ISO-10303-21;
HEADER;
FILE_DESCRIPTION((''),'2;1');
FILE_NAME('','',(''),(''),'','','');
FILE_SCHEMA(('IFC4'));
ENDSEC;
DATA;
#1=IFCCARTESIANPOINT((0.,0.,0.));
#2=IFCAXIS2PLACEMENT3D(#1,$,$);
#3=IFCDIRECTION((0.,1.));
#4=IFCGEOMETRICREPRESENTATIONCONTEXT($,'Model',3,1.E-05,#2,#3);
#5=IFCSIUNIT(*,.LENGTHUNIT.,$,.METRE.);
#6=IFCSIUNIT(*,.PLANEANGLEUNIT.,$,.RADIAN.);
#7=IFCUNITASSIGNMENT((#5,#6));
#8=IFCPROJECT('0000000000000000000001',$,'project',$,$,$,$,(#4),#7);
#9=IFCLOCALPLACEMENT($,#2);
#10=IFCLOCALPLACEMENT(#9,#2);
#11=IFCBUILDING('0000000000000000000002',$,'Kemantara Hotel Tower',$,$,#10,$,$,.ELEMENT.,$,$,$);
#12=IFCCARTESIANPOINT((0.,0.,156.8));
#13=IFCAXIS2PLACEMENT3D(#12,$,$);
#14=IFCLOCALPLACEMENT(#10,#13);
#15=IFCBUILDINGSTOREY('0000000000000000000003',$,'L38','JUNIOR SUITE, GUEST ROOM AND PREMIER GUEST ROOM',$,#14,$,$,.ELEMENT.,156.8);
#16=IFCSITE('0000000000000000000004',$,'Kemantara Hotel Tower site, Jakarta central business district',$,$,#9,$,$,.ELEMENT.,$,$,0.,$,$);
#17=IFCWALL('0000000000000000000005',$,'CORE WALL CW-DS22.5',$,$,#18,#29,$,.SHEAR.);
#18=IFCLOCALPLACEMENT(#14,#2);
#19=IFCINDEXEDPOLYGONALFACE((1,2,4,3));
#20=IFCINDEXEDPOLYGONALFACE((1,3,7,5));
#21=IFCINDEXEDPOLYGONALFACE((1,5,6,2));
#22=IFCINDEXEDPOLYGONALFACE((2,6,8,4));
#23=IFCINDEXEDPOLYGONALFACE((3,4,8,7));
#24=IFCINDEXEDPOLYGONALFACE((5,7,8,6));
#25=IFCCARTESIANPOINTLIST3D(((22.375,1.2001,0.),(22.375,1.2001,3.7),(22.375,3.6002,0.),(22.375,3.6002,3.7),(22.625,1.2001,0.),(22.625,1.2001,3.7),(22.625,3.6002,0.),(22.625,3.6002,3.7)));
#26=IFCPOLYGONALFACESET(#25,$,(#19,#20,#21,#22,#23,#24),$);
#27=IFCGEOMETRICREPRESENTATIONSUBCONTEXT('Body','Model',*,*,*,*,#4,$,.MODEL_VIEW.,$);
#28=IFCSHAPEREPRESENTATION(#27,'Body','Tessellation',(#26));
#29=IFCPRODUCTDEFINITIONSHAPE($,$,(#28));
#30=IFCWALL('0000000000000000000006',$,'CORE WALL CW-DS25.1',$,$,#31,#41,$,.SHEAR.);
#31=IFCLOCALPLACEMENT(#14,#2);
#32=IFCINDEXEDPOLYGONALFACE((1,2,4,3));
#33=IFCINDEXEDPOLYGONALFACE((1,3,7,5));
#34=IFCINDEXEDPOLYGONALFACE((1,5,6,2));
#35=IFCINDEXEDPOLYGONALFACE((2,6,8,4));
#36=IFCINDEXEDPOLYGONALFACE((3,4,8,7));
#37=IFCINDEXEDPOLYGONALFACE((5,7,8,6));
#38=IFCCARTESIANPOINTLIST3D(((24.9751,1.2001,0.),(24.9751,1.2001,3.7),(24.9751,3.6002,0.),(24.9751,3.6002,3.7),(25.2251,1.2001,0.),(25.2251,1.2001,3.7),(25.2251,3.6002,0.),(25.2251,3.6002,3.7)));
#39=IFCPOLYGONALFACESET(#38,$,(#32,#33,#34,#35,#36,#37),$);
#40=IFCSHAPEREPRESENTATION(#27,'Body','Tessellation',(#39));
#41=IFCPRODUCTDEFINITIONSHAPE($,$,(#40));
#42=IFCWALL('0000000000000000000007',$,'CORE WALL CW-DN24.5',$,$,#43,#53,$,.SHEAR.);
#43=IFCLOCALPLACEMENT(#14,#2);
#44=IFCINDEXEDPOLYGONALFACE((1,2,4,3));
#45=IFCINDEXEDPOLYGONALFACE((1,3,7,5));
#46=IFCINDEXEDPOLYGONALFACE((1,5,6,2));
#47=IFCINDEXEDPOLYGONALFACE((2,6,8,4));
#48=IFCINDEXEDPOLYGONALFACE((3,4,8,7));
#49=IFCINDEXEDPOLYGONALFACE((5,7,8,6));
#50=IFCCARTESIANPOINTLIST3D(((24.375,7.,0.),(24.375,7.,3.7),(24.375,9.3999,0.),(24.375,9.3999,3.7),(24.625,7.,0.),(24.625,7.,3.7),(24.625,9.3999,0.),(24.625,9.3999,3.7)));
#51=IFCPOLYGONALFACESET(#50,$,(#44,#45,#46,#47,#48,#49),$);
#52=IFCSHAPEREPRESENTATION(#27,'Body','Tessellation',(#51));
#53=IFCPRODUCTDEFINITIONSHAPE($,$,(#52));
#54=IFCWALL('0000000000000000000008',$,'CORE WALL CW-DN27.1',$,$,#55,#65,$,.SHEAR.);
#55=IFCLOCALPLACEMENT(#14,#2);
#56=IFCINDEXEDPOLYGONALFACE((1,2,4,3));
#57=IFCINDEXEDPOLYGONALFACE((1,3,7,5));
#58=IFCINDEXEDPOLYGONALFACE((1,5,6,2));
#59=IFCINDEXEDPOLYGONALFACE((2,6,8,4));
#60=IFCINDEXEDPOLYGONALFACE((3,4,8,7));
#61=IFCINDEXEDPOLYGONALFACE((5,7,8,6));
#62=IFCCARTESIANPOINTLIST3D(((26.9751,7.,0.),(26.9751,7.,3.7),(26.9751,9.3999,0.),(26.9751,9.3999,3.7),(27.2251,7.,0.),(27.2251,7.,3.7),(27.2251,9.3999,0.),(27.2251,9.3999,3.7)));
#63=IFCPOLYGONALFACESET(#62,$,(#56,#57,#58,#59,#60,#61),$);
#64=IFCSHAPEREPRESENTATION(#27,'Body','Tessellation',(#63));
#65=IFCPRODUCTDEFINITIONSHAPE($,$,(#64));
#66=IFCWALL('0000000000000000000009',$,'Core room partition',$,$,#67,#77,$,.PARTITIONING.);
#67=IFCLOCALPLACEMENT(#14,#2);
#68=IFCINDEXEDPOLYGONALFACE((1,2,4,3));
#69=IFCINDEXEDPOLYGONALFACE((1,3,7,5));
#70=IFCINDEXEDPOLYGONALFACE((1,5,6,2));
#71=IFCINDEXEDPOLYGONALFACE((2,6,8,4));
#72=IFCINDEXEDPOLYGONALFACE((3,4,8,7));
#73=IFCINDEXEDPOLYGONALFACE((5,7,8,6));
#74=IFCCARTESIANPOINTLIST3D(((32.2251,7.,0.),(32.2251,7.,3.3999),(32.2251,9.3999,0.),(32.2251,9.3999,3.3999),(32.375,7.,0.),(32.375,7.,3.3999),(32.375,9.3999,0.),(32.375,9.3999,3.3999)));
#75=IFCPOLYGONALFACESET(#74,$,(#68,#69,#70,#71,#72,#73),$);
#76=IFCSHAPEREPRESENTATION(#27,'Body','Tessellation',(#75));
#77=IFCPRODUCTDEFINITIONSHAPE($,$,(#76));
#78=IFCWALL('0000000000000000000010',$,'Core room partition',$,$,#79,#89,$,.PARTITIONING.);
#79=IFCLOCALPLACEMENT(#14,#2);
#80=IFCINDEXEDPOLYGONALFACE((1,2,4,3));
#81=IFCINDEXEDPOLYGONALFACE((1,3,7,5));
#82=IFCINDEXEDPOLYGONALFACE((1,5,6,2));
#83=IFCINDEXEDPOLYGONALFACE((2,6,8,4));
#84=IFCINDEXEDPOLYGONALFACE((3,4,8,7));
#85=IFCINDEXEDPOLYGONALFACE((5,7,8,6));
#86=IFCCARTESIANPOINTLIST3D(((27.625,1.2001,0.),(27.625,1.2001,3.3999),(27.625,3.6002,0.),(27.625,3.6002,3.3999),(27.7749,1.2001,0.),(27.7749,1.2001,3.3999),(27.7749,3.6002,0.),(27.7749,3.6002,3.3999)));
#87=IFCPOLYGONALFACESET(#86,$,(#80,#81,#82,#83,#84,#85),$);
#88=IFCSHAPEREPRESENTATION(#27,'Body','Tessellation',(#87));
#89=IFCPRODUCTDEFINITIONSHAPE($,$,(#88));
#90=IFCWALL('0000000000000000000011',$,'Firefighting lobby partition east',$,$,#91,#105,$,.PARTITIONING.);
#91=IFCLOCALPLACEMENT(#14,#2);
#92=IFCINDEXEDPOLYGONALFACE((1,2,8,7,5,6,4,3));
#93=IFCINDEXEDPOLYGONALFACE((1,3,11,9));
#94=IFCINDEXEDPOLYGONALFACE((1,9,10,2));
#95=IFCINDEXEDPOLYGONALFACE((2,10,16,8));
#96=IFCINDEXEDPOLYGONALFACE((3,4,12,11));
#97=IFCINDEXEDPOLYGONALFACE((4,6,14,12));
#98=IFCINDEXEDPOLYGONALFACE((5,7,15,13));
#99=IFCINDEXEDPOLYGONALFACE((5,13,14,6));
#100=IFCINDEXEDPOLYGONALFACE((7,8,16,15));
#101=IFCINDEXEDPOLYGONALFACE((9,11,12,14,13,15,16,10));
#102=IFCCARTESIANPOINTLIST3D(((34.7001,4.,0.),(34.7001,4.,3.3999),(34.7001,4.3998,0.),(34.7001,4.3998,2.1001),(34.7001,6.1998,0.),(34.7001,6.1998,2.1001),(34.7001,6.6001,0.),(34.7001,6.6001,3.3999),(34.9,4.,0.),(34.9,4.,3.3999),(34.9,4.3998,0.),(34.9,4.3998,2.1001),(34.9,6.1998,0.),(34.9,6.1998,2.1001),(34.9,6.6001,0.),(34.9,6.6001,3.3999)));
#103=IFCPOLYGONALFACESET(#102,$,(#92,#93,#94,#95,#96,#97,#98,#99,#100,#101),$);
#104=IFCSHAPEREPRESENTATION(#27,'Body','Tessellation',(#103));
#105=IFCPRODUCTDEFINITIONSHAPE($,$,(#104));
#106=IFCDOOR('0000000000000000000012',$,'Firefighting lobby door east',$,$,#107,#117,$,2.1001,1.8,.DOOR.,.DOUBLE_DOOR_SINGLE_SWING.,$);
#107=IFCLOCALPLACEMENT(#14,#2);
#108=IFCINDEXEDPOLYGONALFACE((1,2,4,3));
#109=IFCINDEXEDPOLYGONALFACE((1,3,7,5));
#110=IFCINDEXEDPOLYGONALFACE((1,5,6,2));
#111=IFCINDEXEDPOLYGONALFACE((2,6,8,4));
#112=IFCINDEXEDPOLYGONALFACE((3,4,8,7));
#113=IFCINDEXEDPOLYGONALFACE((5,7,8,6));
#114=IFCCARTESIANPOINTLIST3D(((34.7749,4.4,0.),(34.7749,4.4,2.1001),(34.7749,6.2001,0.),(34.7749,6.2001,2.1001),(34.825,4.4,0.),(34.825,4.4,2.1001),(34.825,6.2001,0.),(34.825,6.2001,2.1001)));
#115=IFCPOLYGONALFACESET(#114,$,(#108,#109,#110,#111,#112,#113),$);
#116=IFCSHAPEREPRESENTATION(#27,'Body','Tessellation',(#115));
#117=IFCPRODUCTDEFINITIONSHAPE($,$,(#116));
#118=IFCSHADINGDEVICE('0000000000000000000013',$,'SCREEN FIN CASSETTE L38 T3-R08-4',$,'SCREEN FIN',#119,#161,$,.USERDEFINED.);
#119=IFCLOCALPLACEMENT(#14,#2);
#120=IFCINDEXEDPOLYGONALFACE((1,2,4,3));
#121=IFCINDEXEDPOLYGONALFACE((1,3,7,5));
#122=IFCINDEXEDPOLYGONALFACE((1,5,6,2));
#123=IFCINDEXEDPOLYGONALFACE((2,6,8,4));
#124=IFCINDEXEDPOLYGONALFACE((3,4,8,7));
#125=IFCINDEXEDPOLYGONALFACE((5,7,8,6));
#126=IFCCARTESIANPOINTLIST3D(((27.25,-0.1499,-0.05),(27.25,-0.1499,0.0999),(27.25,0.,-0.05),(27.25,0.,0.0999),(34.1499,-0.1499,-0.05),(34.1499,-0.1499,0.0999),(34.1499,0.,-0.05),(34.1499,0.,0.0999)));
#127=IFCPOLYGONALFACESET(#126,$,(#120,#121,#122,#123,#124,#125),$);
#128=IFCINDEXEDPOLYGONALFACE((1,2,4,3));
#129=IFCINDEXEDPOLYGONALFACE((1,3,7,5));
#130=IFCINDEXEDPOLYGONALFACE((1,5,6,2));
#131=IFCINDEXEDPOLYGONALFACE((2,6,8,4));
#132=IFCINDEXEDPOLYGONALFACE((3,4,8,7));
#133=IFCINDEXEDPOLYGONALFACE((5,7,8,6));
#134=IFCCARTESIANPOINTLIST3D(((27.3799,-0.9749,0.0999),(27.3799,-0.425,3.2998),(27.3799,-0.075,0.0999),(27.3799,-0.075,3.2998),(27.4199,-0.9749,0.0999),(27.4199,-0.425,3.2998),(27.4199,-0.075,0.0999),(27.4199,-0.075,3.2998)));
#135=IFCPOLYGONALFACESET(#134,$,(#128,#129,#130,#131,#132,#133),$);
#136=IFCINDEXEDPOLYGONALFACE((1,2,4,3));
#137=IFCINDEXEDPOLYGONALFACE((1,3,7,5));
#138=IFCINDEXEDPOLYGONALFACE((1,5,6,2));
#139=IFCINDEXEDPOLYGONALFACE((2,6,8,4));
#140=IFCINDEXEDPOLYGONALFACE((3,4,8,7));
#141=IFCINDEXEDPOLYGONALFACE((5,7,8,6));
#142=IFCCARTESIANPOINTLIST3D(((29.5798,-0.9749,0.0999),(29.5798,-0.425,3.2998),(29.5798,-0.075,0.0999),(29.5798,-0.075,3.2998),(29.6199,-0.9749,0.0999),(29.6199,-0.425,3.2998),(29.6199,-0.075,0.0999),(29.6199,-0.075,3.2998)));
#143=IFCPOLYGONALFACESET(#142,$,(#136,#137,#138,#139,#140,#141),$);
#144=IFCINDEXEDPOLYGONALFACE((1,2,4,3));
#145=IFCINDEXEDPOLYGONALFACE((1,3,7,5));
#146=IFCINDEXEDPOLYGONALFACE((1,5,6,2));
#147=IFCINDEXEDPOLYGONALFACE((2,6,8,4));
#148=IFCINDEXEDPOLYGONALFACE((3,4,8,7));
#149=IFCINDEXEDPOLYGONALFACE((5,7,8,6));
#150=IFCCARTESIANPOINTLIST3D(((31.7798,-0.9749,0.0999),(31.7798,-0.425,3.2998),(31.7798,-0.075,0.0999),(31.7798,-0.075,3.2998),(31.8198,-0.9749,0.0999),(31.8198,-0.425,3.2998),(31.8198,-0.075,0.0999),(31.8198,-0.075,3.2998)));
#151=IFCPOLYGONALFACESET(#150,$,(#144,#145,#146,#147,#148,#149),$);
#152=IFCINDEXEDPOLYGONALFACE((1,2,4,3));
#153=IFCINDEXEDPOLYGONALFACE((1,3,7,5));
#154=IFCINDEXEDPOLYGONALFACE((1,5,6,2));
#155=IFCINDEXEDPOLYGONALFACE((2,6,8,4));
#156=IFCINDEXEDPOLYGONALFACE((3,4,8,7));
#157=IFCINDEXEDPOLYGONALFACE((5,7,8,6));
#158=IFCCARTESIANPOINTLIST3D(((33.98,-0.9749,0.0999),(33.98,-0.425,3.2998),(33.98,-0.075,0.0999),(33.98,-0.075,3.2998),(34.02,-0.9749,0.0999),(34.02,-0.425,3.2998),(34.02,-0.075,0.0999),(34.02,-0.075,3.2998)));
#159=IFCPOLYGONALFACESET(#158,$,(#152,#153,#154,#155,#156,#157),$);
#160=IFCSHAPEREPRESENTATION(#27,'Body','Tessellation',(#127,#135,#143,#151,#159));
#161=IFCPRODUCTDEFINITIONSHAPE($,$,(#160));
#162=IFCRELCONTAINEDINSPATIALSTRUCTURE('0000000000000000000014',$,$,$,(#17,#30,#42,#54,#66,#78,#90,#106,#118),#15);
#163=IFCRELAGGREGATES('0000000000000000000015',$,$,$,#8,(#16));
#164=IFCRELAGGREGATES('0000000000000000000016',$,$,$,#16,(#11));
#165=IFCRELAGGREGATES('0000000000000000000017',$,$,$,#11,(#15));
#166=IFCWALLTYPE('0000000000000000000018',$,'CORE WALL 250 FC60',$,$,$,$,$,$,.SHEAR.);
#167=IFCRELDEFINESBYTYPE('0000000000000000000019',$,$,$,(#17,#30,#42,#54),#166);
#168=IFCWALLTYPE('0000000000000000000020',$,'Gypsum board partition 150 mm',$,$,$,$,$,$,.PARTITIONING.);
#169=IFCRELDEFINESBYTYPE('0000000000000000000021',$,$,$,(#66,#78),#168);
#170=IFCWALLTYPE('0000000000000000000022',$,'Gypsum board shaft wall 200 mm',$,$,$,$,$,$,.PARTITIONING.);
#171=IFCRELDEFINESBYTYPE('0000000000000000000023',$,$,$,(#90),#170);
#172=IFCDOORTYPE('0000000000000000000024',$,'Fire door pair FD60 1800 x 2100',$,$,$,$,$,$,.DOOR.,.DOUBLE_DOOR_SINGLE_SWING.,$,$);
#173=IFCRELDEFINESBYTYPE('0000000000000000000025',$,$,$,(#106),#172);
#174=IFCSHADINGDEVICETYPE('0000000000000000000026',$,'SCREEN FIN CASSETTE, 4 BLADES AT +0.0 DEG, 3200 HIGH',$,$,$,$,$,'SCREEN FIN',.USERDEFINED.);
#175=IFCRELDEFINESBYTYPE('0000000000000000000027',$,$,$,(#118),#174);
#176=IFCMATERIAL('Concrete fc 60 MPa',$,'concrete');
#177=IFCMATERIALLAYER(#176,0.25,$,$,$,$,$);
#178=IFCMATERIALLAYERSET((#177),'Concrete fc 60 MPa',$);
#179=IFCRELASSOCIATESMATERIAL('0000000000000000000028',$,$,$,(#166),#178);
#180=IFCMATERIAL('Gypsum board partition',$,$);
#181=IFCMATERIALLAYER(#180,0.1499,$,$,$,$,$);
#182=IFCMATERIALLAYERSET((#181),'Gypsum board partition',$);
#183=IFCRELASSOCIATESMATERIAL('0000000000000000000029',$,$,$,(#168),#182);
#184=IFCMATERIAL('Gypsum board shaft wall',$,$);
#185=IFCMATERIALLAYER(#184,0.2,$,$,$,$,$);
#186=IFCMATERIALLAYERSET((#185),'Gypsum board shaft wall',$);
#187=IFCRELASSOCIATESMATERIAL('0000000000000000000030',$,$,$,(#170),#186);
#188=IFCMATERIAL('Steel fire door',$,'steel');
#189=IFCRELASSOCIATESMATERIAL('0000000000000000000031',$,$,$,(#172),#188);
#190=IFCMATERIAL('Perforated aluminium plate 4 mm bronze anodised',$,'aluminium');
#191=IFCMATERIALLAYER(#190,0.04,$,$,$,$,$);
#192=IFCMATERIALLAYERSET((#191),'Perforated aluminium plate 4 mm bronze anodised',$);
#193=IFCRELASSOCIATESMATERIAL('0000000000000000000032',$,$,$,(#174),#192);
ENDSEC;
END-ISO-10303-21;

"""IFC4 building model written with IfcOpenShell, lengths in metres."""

from ifc_helpers import new_model, si_unit, direction, frame, frame_2d, origin, origin_2d, place, context, subcontext, project, spatial, polyline, rectangle, outline, extrude, source, transform, mapped, material, layer, layer_set, type_object, element, fill, save


model = new_model("IFC4")

# Units and contexts
model_context = context("Model", 3, precision=1e-05, world=origin(), true_north=direction((0.0, 1.0)))
body_context = subcontext(model_context, "Body", "Model", "MODEL_VIEW")
ifc_project = project(units=[si_unit("LENGTHUNIT", "METRE"), si_unit("PLANEANGLEUNIT", "RADIAN")], contexts=[model_context])

# Site, building, storey
site_placement = place(None, origin())
site = spatial("IfcSite", under=ifc_project, at=site_placement, Name="Kemantara Hotel Tower site, Jakarta central business district", CompositionType="ELEMENT", RefElevation=0.0)
building_placement = place(site_placement, origin())
building = spatial("IfcBuilding", under=site, at=building_placement, Name="Kemantara Hotel Tower", CompositionType="ELEMENT")
storey_placement = place(building_placement, frame((0.0, 0.0, 156.8)))
storey = spatial("IfcBuildingStorey", under=building, at=storey_placement, Name="L38", Description="JUNIOR SUITE, GUEST ROOM AND PREMIER GUEST ROOM", CompositionType="ELEMENT", Elevation=156.8)

# Walls
ifc_material_1 = material(Name="Concrete fc 60 MPa", Category="concrete")
ifc_layer_1 = layer(ifc_material_1, 0.25)
ifc_layer_set_1 = layer_set([ifc_layer_1], Name="Concrete fc 60 MPa")
wall_type_1 = type_object("IfcWallType", Name="CORE WALL 250 FC60", PredefinedType="SHEAR", material=ifc_layer_set_1)
for number, where, z_axis, x_axis, name in (
    (1, (22.5, 1.2, 0.0), (0.0, 0.0, 1.0), (0.0, 1.0, 0.0), "CORE WALL CW-DS22.5"),
    (2, (25.1001, 1.2, 0.0), (0.0, 0.0, 1.0), (0.0, 1.0, 0.0), "CORE WALL CW-DS25.1"),
):
    element("IfcWall", number, at=place(storey_placement, frame(where, z_axis=z_axis, x_axis=x_axis)), inside=storey, type_object=wall_type_1, Name=name, PredefinedType="SHEAR", context=body_context, shape_type="SweptSolid", body=[
        extrude(rectangle(XDim=2.4001, YDim=0.25, at=frame_2d((1.2002, 0.0))), origin(), (0.0, 0.0, 1.0), 3.7),
    ])
for number, where, z_axis, x_axis, name in (
    (3, (24.5, 7.0, 0.0), (0.0, 0.0, 1.0), (0.0, 1.0, 0.0), "CORE WALL CW-DN24.5"),
    (4, (27.1001, 7.0, 0.0), (0.0, 0.0, 1.0), (0.0, 1.0, 0.0), "CORE WALL CW-DN27.1"),
):
    element("IfcWall", number, at=place(storey_placement, frame(where, z_axis=z_axis, x_axis=x_axis)), inside=storey, type_object=wall_type_1, Name=name, PredefinedType="SHEAR", context=body_context, shape_type="SweptSolid", body=[
        extrude(rectangle(XDim=2.3999, YDim=0.25, at=frame_2d((1.2, 0.0))), origin(), (0.0, 0.0, 1.0), 3.7),
    ])
ifc_material_2 = material(Name="Gypsum board partition")
ifc_layer_2 = layer(ifc_material_2, 0.1499)
ifc_layer_set_2 = layer_set([ifc_layer_2], Name="Gypsum board partition")
wall_type_2 = type_object("IfcWallType", Name="Gypsum board partition 150 mm", PredefinedType="PARTITIONING", material=ifc_layer_set_2)
wall_1_placement = place(storey_placement, frame((32.3, 7.0, 0.0), z_axis=(0.0, 0.0, 1.0), x_axis=(0.0, 1.0, 0.0)))
element("IfcWall", 5, at=wall_1_placement, inside=storey, type_object=wall_type_2, Name="Core room partition", PredefinedType="PARTITIONING", context=body_context, shape_type="SweptSolid", body=[
    extrude(rectangle(XDim=2.3999, YDim=0.1499, at=frame_2d((1.2, 0.0))), origin(), (0.0, 0.0, 1.0), 3.3999),
])
wall_2_placement = place(storey_placement, frame((27.7, 1.2, 0.0), z_axis=(0.0, 0.0, 1.0), x_axis=(0.0, 1.0, 0.0)))
element("IfcWall", 6, at=wall_2_placement, inside=storey, type_object=wall_type_2, Name="Core room partition", PredefinedType="PARTITIONING", context=body_context, shape_type="SweptSolid", body=[
    extrude(rectangle(XDim=2.4001, YDim=0.1499, at=frame_2d((1.2002, 0.0))), origin(), (0.0, 0.0, 1.0), 3.3999),
])

# Wall, opening, door
ifc_material_3 = material(Name="Gypsum board shaft wall")
ifc_layer_3 = layer(ifc_material_3, 0.2)
ifc_layer_set_3 = layer_set([ifc_layer_3], Name="Gypsum board shaft wall")
wall_type_3 = type_object("IfcWallType", Name="Gypsum board shaft wall 200 mm", PredefinedType="PARTITIONING", material=ifc_layer_set_3)
wall_3_placement = place(storey_placement, frame((34.8, 4.0, 0.0), z_axis=(0.0, 0.0, 1.0), x_axis=(0.0, 1.0, 0.0)))
wall_3 = element("IfcWall", 7, at=wall_3_placement, inside=storey, type_object=wall_type_3, Name="Firefighting lobby partition east", PredefinedType="PARTITIONING", context=body_context, shape_type="SweptSolid", body=[
    extrude(rectangle(XDim=2.6001, YDim=0.2, at=frame_2d((1.3, 0.0))), origin(), (0.0, 0.0, 1.0), 3.3999),
])
opening_placement = place(wall_3_placement, frame((0.3999, 0.0, 0.0)))
opening = element("IfcOpeningElement", 8, at=opening_placement, cuts=wall_3, PredefinedType="OPENING", context=body_context, shape_type="SweptSolid", body=[
    extrude(rectangle(XDim=1.8, YDim=2.1001, at=frame_2d((0.8999, 1.05))), frame((0.0, 0.1099, 0.0), z_axis=(0.0, -1.0, 0.0), x_axis=(1.0, 0.0, 0.0)), (0.0, 0.0, 1.0), 0.22),
])
ifc_material_4 = material(Name="Steel fire door", Category="steel")
door_type = type_object("IfcDoorType", Name="Fire door pair FD60 1800 x 2100", OperationType="DOUBLE_DOOR_SINGLE_SWING", PredefinedType="DOOR", material=ifc_material_4)
door_placement = place(opening_placement, frame((1.8, 0.0, 0.0), z_axis=(0.0, 0.0, 1.0), x_axis=(-1.0, 0.0, 0.0)))
door = element("IfcDoor", 9, at=door_placement, inside=storey, type_object=door_type, Name="Firefighting lobby door east", OperationType="DOUBLE_DOOR_SINGLE_SWING", OverallHeight=2.1001, OverallWidth=1.8, PredefinedType="DOOR", context=body_context, shape_type="SweptSolid", body=[
    extrude(rectangle(XDim=1.8, YDim=2.1001, at=frame_2d((0.8999, 1.05))), frame((0.0, 0.0249, 0.0), z_axis=(0.0, -1.0, 0.0), x_axis=(1.0, 0.0, 0.0)), (0.0, 0.0, 1.0), 0.05),
])
fill(opening, door)

# Shading device
ifc_material_5 = material(Name="Perforated aluminium plate 4 mm bronze anodised", Category="aluminium")
ifc_layer_4 = layer(ifc_material_5, 0.04)
ifc_layer_set_4 = layer_set([ifc_layer_4], Name="Perforated aluminium plate 4 mm bronze anodised")
shading_device_type_1 = type_object("IfcShadingDeviceType", Name="SCREEN FIN CASSETTE, 4 BLADES AT +0.0 DEG, 3200 HIGH", ElementType="SCREEN FIN", PredefinedType="USERDEFINED", material=ifc_layer_set_4)
shared_shape_1 = source(origin(), body_context, "Body", "SweptSolid", [
    extrude(rectangle(XDim=6.8999, YDim=0.1499, at=origin_2d()), frame((3.3, -0.075, -0.1499), z_axis=(0.0, 0.0, 1.0), x_axis=(1.0, 0.0, 0.0)), (0.0, 0.0, 1.0), 0.1499),
    extrude(outline(polyline([(0.0, 0.0), (0.8999, 0.0), (0.3501, 3.2), (0.0, 3.2), (0.0, 0.0)])), frame((0.02, -0.075, 0.0), z_axis=(-1.0, 0.0, 0.0), x_axis=(0.0, -1.0, 0.0)), (0.0, 0.0, 1.0), 0.04),
    extrude(outline(polyline([(0.0, 0.0), (0.8999, 0.0), (0.3501, 3.2), (0.0, 3.2), (0.0, 0.0)])), frame((2.22, -0.075, 0.0), z_axis=(-1.0, 0.0, 0.0), x_axis=(0.0, -1.0, 0.0)), (0.0, 0.0, 1.0), 0.04),
    extrude(outline(polyline([(0.0, 0.0), (0.8999, 0.0), (0.3501, 3.2), (0.0, 3.2), (0.0, 0.0)])), frame((4.4199, -0.075, 0.0), z_axis=(-1.0, 0.0, 0.0), x_axis=(0.0, -1.0, 0.0)), (0.0, 0.0, 1.0), 0.04),
    extrude(outline(polyline([(0.0, 0.0), (0.8999, 0.0), (0.3501, 3.2), (0.0, 3.2), (0.0, 0.0)])), frame((6.6201, -0.075, 0.0), z_axis=(-1.0, 0.0, 0.0), x_axis=(0.0, -1.0, 0.0)), (0.0, 0.0, 1.0), 0.04),
])
shading_device_1_placement = place(storey_placement, frame((27.3999, 0.0, 0.0999), z_axis=(0.0, 0.0, 1.0), x_axis=(1.0, 0.0, 0.0)))
element("IfcShadingDevice", 10, at=shading_device_1_placement, inside=storey, type_object=shading_device_type_1, Name="SCREEN FIN CASSETTE L38 T3-R08-4", ObjectType="SCREEN FIN", PredefinedType="USERDEFINED", context=body_context, shape_type="MappedRepresentation", body=[
    mapped(shared_shape_1, transform((0.0, 0.0, 0.0))),
])

save(model, "model.ifc")
